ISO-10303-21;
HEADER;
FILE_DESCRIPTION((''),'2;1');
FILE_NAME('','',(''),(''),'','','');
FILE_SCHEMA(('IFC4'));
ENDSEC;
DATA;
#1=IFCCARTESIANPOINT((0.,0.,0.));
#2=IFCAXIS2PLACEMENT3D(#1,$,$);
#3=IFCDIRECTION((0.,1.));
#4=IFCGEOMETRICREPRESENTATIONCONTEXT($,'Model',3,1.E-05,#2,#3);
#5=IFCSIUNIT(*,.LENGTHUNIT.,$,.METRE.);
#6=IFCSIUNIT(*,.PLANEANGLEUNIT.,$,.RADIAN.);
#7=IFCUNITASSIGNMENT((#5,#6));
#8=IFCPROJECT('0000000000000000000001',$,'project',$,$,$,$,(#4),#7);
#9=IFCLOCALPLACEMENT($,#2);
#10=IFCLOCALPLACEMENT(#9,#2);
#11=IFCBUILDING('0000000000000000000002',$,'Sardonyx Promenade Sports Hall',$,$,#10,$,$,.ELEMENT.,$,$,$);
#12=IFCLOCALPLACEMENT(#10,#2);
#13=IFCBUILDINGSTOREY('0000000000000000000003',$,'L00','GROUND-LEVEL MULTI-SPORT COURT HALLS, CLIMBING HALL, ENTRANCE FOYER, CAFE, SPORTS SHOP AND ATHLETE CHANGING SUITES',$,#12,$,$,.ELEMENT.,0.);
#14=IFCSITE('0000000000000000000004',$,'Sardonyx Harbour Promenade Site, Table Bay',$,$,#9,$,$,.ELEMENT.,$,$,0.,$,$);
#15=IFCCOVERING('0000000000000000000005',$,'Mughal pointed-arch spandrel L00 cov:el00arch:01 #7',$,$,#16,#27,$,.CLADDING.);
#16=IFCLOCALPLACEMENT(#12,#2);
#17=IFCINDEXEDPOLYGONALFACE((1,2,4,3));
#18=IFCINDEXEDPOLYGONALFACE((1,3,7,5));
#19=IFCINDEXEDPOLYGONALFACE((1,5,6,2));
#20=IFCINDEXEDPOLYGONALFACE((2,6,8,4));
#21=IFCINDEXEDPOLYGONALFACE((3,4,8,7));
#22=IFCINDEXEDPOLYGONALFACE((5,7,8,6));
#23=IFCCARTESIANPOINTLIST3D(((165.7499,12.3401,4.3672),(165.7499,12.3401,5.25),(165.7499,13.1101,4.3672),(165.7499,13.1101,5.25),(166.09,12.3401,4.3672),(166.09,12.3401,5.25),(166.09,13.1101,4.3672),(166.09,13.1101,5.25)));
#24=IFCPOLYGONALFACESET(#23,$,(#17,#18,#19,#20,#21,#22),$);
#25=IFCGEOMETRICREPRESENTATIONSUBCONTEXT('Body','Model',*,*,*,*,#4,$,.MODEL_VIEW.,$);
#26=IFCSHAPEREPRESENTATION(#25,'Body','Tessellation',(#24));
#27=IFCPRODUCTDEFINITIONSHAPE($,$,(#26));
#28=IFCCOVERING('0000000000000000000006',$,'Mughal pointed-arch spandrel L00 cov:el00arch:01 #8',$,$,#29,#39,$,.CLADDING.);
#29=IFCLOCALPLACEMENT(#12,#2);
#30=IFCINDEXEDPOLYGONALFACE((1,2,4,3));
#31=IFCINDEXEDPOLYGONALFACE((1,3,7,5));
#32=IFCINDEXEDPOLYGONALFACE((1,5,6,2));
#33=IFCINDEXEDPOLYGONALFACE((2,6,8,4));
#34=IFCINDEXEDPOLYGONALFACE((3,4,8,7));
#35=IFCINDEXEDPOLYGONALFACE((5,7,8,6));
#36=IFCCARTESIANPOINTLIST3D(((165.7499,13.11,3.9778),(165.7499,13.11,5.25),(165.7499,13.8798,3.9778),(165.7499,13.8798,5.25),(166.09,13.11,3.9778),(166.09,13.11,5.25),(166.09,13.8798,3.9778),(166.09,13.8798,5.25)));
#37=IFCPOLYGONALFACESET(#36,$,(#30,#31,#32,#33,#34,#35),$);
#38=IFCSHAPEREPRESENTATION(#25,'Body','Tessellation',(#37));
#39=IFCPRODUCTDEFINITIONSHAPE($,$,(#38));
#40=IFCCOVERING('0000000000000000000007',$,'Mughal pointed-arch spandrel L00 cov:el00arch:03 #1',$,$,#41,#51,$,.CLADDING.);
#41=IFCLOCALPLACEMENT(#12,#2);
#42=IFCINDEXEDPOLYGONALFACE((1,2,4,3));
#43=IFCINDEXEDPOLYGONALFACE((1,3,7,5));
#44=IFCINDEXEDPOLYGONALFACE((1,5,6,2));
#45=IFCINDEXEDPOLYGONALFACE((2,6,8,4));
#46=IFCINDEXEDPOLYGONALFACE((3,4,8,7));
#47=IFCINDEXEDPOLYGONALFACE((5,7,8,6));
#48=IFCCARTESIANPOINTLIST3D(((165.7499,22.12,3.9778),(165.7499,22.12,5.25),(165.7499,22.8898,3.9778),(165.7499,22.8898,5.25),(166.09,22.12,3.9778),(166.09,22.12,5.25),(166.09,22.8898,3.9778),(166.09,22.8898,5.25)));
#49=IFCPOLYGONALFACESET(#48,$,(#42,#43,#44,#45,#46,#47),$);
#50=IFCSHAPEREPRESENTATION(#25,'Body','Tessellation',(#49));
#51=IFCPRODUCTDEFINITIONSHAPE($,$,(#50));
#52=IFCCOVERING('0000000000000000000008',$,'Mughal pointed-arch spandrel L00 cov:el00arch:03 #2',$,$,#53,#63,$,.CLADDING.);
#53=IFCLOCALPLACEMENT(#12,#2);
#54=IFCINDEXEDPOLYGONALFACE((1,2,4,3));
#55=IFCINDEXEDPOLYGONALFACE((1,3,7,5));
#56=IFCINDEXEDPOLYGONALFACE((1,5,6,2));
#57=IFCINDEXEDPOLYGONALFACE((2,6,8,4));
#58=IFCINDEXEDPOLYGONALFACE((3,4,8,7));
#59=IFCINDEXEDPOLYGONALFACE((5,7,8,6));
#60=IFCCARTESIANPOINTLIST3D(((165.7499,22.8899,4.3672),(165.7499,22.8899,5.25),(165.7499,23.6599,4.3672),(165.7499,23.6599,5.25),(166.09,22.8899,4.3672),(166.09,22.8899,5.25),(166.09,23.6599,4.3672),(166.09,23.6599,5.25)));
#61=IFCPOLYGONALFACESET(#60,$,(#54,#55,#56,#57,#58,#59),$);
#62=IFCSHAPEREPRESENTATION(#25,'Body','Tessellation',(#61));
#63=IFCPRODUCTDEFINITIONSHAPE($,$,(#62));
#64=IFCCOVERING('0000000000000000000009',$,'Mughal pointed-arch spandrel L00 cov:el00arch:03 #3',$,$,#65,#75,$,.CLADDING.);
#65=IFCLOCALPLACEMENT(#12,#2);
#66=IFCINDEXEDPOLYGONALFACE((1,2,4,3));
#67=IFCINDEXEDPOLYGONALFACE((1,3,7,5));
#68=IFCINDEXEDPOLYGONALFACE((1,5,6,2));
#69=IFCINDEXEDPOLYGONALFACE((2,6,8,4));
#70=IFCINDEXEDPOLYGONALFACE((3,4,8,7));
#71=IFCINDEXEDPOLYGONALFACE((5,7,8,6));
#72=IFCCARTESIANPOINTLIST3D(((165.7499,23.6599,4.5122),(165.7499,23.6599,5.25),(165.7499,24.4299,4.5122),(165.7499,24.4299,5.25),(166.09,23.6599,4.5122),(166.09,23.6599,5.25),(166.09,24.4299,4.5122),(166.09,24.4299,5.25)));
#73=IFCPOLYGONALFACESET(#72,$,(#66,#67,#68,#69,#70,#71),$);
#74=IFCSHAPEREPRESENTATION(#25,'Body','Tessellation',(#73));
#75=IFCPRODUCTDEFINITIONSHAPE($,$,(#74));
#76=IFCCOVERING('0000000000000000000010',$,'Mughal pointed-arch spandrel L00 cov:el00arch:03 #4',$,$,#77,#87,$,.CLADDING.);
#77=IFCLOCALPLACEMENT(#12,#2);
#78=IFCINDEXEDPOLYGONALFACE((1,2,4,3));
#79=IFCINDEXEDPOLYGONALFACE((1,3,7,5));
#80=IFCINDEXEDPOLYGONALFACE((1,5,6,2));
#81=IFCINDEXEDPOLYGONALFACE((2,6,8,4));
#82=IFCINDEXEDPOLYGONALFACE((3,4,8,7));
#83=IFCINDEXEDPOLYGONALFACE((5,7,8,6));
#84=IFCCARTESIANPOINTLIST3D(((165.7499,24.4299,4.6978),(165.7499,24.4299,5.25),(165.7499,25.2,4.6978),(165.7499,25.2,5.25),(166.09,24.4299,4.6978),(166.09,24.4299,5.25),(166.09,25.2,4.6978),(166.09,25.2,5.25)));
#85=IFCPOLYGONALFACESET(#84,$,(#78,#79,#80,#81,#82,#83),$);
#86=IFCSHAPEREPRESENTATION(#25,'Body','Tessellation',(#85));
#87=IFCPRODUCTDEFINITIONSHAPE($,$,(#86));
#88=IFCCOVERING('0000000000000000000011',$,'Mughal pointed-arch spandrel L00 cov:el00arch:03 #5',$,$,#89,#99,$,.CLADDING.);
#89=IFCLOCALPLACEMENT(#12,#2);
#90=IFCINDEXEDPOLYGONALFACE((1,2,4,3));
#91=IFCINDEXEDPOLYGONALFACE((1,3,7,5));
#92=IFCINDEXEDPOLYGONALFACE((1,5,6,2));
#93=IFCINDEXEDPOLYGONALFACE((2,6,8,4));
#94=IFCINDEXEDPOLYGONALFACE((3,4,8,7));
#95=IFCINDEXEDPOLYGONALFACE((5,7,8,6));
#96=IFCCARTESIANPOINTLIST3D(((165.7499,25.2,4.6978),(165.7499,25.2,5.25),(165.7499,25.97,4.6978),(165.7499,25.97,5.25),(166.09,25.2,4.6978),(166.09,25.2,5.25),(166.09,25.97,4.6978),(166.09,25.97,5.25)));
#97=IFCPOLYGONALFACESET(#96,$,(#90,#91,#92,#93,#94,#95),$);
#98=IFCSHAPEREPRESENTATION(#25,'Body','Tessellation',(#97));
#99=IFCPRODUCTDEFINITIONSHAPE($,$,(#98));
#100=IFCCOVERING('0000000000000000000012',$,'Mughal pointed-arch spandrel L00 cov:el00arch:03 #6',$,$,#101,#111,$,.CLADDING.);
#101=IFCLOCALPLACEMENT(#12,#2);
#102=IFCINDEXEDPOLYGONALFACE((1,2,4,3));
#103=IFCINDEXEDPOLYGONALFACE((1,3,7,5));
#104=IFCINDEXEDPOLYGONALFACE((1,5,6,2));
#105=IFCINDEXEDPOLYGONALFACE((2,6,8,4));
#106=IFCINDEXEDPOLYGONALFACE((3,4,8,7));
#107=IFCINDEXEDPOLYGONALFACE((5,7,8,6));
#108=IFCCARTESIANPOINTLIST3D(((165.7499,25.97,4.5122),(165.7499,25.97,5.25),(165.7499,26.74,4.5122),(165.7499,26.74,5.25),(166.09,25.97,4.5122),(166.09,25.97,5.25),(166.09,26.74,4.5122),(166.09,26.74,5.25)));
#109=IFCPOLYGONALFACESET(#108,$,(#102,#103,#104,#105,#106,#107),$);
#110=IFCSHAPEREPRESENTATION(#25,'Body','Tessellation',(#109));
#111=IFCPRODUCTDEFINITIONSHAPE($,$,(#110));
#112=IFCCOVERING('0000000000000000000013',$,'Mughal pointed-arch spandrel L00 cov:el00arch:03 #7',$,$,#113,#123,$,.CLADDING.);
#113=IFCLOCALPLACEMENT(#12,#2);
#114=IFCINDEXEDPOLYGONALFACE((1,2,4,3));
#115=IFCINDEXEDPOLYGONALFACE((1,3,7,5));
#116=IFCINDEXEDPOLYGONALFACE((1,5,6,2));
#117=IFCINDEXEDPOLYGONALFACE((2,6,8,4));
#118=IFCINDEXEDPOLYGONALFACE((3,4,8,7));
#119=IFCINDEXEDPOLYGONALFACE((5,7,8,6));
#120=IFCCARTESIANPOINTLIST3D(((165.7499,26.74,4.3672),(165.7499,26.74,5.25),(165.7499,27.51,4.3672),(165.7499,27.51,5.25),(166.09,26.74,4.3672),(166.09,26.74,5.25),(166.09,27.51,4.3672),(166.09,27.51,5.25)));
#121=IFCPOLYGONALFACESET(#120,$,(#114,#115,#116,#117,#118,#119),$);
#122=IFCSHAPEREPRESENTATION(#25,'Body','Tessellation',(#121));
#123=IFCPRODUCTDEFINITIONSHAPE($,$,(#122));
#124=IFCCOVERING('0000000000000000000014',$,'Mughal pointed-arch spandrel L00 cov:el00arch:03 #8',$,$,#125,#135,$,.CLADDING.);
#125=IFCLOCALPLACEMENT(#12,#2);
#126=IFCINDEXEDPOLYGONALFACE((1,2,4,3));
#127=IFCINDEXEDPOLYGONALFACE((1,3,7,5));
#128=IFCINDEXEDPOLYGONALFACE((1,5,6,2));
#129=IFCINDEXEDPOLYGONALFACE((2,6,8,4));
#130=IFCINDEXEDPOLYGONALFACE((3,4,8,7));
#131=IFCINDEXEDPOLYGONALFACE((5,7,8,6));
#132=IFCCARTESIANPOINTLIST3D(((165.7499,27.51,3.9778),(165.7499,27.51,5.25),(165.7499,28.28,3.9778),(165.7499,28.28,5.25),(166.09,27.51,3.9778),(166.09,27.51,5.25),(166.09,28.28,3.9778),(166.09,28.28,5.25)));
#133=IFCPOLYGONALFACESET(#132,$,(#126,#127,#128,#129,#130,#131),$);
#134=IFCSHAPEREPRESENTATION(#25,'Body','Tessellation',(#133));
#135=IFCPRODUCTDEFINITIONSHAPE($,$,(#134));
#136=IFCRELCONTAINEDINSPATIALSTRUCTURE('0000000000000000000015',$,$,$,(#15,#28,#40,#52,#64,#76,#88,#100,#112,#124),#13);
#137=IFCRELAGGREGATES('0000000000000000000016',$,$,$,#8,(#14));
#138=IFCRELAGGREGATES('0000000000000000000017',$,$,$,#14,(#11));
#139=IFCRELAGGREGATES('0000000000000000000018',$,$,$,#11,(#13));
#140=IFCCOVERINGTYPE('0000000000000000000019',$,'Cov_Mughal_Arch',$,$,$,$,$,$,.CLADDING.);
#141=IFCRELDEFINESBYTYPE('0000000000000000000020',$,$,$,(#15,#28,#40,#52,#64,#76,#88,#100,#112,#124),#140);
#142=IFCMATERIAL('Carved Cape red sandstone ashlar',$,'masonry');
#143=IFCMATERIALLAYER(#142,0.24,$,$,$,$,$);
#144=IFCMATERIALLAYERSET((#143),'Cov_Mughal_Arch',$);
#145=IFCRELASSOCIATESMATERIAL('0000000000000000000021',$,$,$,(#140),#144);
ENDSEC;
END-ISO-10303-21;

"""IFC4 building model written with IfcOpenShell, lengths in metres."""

from ifc_helpers import new_model, si_unit, direction, frame, frame_2d, origin, place, context, subcontext, project, spatial, rectangle, extrude, material, layer, layer_set, type_object, element, save


model = new_model("IFC4")

# Units and contexts
model_context = context("Model", 3, precision=1e-05, world=origin(), true_north=direction((0.0, 1.0)))
body_context = subcontext(model_context, "Body", "Model", "MODEL_VIEW")
ifc_project = project(units=[si_unit("LENGTHUNIT", "METRE"), si_unit("PLANEANGLEUNIT", "RADIAN")], contexts=[model_context])

# Site, building, storey
site_placement = place(None, origin())
site = spatial("IfcSite", under=ifc_project, at=site_placement, Name="Sardonyx Harbour Promenade Site, Table Bay", CompositionType="ELEMENT", RefElevation=0.0)
building_placement = place(site_placement, origin())
building = spatial("IfcBuilding", under=site, at=building_placement, Name="Sardonyx Promenade Sports Hall", CompositionType="ELEMENT")
storey_placement = place(building_placement, origin())
storey = spatial("IfcBuildingStorey", under=building, at=storey_placement, Name="L00", Description="GROUND-LEVEL MULTI-SPORT COURT HALLS, CLIMBING HALL, ENTRANCE FOYER, CAFE, SPORTS SHOP AND ATHLETE CHANGING SUITES", CompositionType="ELEMENT", Elevation=0.0)

# Coverings
ifc_material_1 = material(Name="Carved Cape red sandstone ashlar", Category="masonry")
ifc_layer_1 = layer(ifc_material_1, 0.24)
ifc_layer_set_1 = layer_set([ifc_layer_1], Name="Cov_Mughal_Arch")
covering_type = type_object("IfcCoveringType", Name="Cov_Mughal_Arch", PredefinedType="CLADDING", material=ifc_layer_set_1)
covering_1_placement = place(storey_placement, frame((165.9199, 12.3401, 4.3672), z_axis=(0.0, 0.0, 1.0), x_axis=(0.0, 1.0, 0.0)))
element("IfcCovering", 1, at=covering_1_placement, inside=storey, type_object=covering_type, Name="Mughal pointed-arch spandrel L00 cov:el00arch:01 #7", PredefinedType="CLADDING", context=body_context, shape_type="SweptSolid", body=[
    extrude(rectangle(XDim=0.77, YDim=0.3401, at=frame_2d((0.385, 0.0))), origin(), (0.0, 0.0, 1.0), 0.8828),
])
for number, where, z_axis, x_axis, name in (
    (2, (165.9199, 13.1101, 3.9778), (0.0, 0.0, 1.0), (0.0, 1.0, 0.0), "Mughal pointed-arch spandrel L00 cov:el00arch:01 #8"),
    (3, (165.9199, 22.1201, 3.9778), (0.0, 0.0, 1.0), (0.0, 1.0, 0.0), "Mughal pointed-arch spandrel L00 cov:el00arch:03 #1"),
):
    element("IfcCovering", number, at=place(storey_placement, frame(where, z_axis=z_axis, x_axis=x_axis)), inside=storey, type_object=covering_type, Name=name, PredefinedType="CLADDING", context=body_context, shape_type="SweptSolid", body=[
        extrude(rectangle(XDim=0.7698, YDim=0.3401, at=frame_2d((0.3848, 0.0))), origin(), (0.0, 0.0, 1.0), 1.2722),
    ])
covering_2_placement = place(storey_placement, frame((165.9199, 22.8899, 4.3672), z_axis=(0.0, 0.0, 1.0), x_axis=(0.0, 1.0, 0.0)))
element("IfcCovering", 4, at=covering_2_placement, inside=storey, type_object=covering_type, Name="Mughal pointed-arch spandrel L00 cov:el00arch:03 #2", PredefinedType="CLADDING", context=body_context, shape_type="SweptSolid", body=[
    extrude(rectangle(XDim=0.77, YDim=0.3401, at=frame_2d((0.385, 0.0))), origin(), (0.0, 0.0, 1.0), 0.8828),
])
covering_3_placement = place(storey_placement, frame((165.9199, 23.6599, 4.5122), z_axis=(0.0, 0.0, 1.0), x_axis=(0.0, 1.0, 0.0)))
element("IfcCovering", 5, at=covering_3_placement, inside=storey, type_object=covering_type, Name="Mughal pointed-arch spandrel L00 cov:el00arch:03 #3", PredefinedType="CLADDING", context=body_context, shape_type="SweptSolid", body=[
    extrude(rectangle(XDim=0.77, YDim=0.3401, at=frame_2d((0.385, 0.0))), origin(), (0.0, 0.0, 1.0), 0.7378),
])
for number, where, z_axis, x_axis, name in (
    (6, (165.9199, 24.4299, 4.6978), (0.0, 0.0, 1.0), (0.0, 1.0, 0.0), "Mughal pointed-arch spandrel L00 cov:el00arch:03 #4"),
    (7, (165.9199, 25.2, 4.6978), (0.0, 0.0, 1.0), (0.0, 1.0, 0.0), "Mughal pointed-arch spandrel L00 cov:el00arch:03 #5"),
):
    element("IfcCovering", number, at=place(storey_placement, frame(where, z_axis=z_axis, x_axis=x_axis)), inside=storey, type_object=covering_type, Name=name, PredefinedType="CLADDING", context=body_context, shape_type="SweptSolid", body=[
        extrude(rectangle(XDim=0.77, YDim=0.3401, at=frame_2d((0.385, 0.0))), origin(), (0.0, 0.0, 1.0), 0.5522),
    ])
covering_4_placement = place(storey_placement, frame((165.9199, 25.97, 4.5122), z_axis=(0.0, 0.0, 1.0), x_axis=(0.0, 1.0, 0.0)))
element("IfcCovering", 8, at=covering_4_placement, inside=storey, type_object=covering_type, Name="Mughal pointed-arch spandrel L00 cov:el00arch:03 #6", PredefinedType="CLADDING", context=body_context, shape_type="SweptSolid", body=[
    extrude(rectangle(XDim=0.77, YDim=0.3401, at=frame_2d((0.385, 0.0))), origin(), (0.0, 0.0, 1.0), 0.7378),
])
covering_5_placement = place(storey_placement, frame((165.9199, 26.74, 4.3672), z_axis=(0.0, 0.0, 1.0), x_axis=(0.0, 1.0, 0.0)))
element("IfcCovering", 9, at=covering_5_placement, inside=storey, type_object=covering_type, Name="Mughal pointed-arch spandrel L00 cov:el00arch:03 #7", PredefinedType="CLADDING", context=body_context, shape_type="SweptSolid", body=[
    extrude(rectangle(XDim=0.77, YDim=0.3401, at=frame_2d((0.385, 0.0))), origin(), (0.0, 0.0, 1.0), 0.8828),
])
covering_6_placement = place(storey_placement, frame((165.9199, 27.51, 3.9778), z_axis=(0.0, 0.0, 1.0), x_axis=(0.0, 1.0, 0.0)))
element("IfcCovering", 10, at=covering_6_placement, inside=storey, type_object=covering_type, Name="Mughal pointed-arch spandrel L00 cov:el00arch:03 #8", PredefinedType="CLADDING", context=body_context, shape_type="SweptSolid", body=[
    extrude(rectangle(XDim=0.77, YDim=0.3401, at=frame_2d((0.385, 0.0))), origin(), (0.0, 0.0, 1.0), 1.2722),
])

save(model, "model.ifc")
